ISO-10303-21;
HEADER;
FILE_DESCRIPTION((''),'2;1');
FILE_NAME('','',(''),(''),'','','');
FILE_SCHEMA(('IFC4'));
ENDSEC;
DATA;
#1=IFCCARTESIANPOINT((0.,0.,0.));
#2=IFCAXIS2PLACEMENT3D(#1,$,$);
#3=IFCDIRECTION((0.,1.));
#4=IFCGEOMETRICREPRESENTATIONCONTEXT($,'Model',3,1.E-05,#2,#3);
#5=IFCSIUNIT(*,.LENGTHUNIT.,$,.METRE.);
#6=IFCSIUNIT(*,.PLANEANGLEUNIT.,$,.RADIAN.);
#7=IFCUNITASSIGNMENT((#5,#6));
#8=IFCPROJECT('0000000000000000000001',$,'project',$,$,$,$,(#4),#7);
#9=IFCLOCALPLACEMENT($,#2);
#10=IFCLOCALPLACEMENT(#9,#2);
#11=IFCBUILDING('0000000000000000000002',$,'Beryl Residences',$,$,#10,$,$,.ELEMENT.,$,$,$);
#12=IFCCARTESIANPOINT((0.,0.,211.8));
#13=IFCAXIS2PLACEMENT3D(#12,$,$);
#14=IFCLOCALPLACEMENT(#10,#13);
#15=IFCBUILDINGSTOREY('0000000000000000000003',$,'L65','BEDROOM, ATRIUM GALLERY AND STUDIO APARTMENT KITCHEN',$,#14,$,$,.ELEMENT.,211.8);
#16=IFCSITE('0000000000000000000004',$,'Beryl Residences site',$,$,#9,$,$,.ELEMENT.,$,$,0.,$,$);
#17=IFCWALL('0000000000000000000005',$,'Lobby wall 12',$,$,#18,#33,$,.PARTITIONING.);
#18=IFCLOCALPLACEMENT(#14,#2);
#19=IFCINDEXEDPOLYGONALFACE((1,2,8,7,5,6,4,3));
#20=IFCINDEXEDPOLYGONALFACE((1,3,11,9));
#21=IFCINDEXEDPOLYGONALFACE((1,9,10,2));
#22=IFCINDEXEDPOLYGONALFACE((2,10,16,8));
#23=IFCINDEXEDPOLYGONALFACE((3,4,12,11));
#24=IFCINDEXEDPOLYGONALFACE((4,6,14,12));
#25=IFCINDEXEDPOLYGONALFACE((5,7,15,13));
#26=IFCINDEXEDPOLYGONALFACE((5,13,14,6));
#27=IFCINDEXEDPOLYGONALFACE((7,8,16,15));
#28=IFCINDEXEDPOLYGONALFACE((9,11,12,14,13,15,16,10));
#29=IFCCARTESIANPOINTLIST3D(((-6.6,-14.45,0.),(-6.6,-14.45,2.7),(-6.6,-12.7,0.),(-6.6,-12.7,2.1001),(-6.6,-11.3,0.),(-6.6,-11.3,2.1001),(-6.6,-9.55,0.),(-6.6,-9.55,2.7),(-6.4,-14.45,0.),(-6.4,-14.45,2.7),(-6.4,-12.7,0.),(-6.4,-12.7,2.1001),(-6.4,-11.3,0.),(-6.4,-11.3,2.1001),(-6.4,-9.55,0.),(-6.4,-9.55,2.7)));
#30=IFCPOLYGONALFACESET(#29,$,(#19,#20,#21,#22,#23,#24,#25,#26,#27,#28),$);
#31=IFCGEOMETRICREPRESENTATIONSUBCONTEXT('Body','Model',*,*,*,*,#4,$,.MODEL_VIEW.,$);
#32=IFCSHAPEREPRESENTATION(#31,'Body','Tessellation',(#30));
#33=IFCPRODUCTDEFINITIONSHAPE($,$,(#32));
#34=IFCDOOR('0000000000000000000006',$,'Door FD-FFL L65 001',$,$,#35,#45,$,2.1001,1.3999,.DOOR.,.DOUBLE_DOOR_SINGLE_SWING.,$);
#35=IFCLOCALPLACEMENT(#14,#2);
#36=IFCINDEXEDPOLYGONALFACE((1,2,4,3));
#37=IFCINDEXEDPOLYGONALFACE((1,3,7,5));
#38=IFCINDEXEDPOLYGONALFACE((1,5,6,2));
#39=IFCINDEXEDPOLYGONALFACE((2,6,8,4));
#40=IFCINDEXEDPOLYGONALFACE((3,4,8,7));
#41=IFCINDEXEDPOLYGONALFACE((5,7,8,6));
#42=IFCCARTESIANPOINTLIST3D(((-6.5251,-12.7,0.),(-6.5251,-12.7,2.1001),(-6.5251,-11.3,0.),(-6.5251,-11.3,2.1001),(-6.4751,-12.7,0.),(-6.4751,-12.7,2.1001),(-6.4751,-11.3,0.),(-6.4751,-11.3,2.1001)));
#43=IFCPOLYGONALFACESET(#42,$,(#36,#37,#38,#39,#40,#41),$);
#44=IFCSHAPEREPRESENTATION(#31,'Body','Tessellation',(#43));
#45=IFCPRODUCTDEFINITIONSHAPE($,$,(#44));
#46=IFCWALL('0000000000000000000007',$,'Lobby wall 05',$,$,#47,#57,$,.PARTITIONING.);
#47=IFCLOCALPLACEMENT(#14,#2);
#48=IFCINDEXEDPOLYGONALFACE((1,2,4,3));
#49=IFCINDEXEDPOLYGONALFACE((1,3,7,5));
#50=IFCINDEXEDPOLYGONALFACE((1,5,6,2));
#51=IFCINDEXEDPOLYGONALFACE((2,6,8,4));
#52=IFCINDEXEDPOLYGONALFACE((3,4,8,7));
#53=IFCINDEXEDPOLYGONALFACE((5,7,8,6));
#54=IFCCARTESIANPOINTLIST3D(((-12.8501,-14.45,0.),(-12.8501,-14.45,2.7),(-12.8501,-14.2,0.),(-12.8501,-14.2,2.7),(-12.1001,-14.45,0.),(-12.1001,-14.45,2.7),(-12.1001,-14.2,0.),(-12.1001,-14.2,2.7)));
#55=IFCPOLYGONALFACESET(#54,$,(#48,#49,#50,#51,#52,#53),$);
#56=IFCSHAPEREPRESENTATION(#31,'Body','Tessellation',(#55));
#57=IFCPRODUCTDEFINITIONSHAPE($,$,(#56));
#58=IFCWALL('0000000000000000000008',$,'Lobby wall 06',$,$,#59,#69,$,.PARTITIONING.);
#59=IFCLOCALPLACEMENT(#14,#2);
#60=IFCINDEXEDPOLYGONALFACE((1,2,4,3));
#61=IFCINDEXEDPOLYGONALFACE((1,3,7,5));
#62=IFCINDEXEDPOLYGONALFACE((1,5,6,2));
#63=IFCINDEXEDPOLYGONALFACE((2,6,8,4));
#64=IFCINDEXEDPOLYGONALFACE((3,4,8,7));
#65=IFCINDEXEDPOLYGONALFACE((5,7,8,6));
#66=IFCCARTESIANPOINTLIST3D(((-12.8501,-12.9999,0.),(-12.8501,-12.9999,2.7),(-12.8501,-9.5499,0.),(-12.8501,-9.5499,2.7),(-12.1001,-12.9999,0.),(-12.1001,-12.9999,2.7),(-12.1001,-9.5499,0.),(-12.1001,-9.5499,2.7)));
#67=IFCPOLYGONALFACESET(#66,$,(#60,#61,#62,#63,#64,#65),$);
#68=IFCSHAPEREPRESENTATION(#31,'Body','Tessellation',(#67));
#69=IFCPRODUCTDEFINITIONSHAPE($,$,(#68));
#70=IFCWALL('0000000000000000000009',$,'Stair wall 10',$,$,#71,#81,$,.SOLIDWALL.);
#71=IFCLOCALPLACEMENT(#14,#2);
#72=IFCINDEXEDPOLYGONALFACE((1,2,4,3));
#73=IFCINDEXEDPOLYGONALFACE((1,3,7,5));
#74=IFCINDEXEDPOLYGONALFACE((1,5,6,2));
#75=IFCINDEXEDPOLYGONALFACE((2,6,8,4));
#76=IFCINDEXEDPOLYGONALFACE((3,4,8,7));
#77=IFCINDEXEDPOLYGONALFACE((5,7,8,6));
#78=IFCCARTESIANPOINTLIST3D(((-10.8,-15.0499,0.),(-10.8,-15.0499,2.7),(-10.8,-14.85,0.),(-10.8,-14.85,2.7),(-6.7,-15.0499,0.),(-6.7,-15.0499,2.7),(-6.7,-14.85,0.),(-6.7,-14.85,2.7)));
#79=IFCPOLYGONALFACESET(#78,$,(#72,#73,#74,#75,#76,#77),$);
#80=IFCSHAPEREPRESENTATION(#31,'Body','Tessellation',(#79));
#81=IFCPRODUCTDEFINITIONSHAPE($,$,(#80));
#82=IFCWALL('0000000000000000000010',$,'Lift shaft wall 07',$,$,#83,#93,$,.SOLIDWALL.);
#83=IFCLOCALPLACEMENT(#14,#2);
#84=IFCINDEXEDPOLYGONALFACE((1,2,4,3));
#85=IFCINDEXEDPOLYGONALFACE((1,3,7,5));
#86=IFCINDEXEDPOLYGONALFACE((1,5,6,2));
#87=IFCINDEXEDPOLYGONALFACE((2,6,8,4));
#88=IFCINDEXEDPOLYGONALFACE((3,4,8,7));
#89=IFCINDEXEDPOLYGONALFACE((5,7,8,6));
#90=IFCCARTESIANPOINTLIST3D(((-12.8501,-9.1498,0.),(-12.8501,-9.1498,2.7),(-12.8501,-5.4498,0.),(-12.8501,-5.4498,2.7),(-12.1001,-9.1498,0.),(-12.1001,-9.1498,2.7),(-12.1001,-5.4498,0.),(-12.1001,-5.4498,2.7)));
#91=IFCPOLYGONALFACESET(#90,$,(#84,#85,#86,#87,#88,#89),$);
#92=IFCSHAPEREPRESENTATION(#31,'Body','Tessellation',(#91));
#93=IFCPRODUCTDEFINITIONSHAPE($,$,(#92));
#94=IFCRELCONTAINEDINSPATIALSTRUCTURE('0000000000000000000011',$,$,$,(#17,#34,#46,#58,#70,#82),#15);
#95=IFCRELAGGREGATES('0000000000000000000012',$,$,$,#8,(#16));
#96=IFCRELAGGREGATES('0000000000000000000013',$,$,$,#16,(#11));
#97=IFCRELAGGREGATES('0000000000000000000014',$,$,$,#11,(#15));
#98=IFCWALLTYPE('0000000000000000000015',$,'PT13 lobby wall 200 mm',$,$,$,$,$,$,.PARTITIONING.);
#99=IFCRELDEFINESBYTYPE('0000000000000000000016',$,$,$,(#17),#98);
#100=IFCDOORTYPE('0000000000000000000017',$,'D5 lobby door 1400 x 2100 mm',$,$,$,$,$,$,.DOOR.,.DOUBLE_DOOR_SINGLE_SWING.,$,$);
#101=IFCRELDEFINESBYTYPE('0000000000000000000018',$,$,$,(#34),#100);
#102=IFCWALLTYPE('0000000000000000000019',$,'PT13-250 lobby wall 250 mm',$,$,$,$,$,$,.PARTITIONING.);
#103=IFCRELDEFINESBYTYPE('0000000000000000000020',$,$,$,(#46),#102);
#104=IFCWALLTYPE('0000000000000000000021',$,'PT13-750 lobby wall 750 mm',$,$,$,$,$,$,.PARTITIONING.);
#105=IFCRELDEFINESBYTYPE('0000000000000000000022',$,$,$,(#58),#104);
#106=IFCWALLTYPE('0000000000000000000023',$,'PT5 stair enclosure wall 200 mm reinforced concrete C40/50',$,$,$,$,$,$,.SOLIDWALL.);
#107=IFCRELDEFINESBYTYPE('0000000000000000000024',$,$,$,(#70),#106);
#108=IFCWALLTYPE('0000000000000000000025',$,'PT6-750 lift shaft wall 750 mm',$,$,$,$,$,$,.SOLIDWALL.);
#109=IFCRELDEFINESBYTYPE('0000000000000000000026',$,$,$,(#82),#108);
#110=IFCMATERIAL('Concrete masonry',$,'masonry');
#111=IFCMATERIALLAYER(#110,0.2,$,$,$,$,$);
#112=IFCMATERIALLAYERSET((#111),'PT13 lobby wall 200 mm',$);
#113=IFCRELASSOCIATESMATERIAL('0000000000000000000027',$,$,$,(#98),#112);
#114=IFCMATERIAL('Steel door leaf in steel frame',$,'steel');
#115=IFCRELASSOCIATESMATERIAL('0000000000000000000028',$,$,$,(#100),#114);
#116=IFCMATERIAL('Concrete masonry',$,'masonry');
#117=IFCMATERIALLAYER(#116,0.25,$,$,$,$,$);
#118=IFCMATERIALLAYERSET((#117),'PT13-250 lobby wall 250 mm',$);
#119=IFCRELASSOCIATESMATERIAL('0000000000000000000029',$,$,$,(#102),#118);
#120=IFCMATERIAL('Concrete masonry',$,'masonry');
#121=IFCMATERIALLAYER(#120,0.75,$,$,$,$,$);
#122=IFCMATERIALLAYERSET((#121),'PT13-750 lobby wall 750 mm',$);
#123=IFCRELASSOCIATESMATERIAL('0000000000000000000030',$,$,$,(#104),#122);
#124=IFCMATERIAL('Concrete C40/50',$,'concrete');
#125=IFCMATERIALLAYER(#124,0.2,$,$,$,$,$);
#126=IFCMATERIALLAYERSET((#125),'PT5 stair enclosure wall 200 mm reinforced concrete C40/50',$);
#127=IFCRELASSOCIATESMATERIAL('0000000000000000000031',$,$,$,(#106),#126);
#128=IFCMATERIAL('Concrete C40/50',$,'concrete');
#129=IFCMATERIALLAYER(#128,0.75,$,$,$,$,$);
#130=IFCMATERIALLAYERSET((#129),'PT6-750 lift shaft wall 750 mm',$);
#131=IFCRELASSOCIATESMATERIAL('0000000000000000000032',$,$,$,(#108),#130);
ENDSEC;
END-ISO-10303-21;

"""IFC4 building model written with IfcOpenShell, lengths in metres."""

from ifc_helpers import new_model, si_unit, direction, frame, frame_2d, origin, place, context, subcontext, project, spatial, rectangle, extrude, material, layer, layer_set, type_object, element, fill, save


model = new_model("IFC4")

# Units and contexts
model_context = context("Model", 3, precision=1e-05, world=origin(), true_north=direction((0.0, 1.0)))
body_context = subcontext(model_context, "Body", "Model", "MODEL_VIEW")
ifc_project = project(units=[si_unit("LENGTHUNIT", "METRE"), si_unit("PLANEANGLEUNIT", "RADIAN")], contexts=[model_context])

# Site, building, storey
site_placement = place(None, origin())
site = spatial("IfcSite", under=ifc_project, at=site_placement, Name="Beryl Residences site", CompositionType="ELEMENT", RefElevation=0.0)
building_placement = place(site_placement, origin())
building = spatial("IfcBuilding", under=site, at=building_placement, Name="Beryl Residences", CompositionType="ELEMENT")
storey_placement = place(building_placement, frame((0.0, 0.0, 211.8)))
storey = spatial("IfcBuildingStorey", under=building, at=storey_placement, Name="L65", Description="BEDROOM, ATRIUM GALLERY AND STUDIO APARTMENT KITCHEN", CompositionType="ELEMENT", Elevation=211.8)

# Wall, opening, door
ifc_material_1 = material(Name="Concrete masonry", Category="masonry")
ifc_layer_1 = layer(ifc_material_1, 0.2)
ifc_layer_set_1 = layer_set([ifc_layer_1], Name="PT13 lobby wall 200 mm")
wall_type_1 = type_object("IfcWallType", Name="PT13 lobby wall 200 mm", PredefinedType="PARTITIONING", material=ifc_layer_set_1)
wall_1_placement = place(storey_placement, frame((-6.5, -14.45, 0.0), z_axis=(0.0, 0.0, 1.0), x_axis=(0.0, 1.0, 0.0)))
wall_1 = element("IfcWall", 1, at=wall_1_placement, inside=storey, type_object=wall_type_1, Name="Lobby wall 12", PredefinedType="PARTITIONING", context=body_context, shape_type="SweptSolid", body=[
    extrude(rectangle(XDim=4.8999, YDim=0.2, at=frame_2d((2.45, 0.0))), origin(), (0.0, 0.0, 1.0), 2.7),
])
opening_1_placement = place(wall_1_placement, frame((3.1499, 0.0, 0.0), z_axis=(0.0, 0.0, 1.0), x_axis=(-1.0, 0.0, 0.0)))
opening_1 = element("IfcOpeningElement", 2, at=opening_1_placement, cuts=wall_1, PredefinedType="OPENING", context=body_context, shape_type="SweptSolid", body=[
    extrude(rectangle(XDim=1.3999, YDim=2.1001, at=frame_2d((0.7, 1.05))), frame((0.0, 0.1099, 0.0), z_axis=(0.0, -1.0, 0.0), x_axis=(1.0, 0.0, 0.0)), (0.0, 0.0, 1.0), 0.22),
])
ifc_material_2 = material(Name="Steel door leaf in steel frame", Category="steel")
door_type_1 = type_object("IfcDoorType", Name="D5 lobby door 1400 x 2100 mm", OperationType="DOUBLE_DOOR_SINGLE_SWING", PredefinedType="DOOR", material=ifc_material_2)
door_1_placement = place(opening_1_placement, origin())
door_1 = element("IfcDoor", 3, at=door_1_placement, inside=storey, type_object=door_type_1, Name="Door FD-FFL L65 001", OperationType="DOUBLE_DOOR_SINGLE_SWING", OverallHeight=2.1001, OverallWidth=1.3999, PredefinedType="DOOR", context=body_context, shape_type="SweptSolid", body=[
    extrude(rectangle(XDim=1.3999, YDim=2.1001, at=frame_2d((0.7, 1.05))), frame((0.0, 0.0249, 0.0), z_axis=(0.0, -1.0, 0.0), x_axis=(1.0, 0.0, 0.0)), (0.0, 0.0, 1.0), 0.05),
])
fill(opening_1, door_1)

# Walls
ifc_material_3 = material(Name="Concrete masonry", Category="masonry")
ifc_layer_2 = layer(ifc_material_3, 0.25)
ifc_layer_set_2 = layer_set([ifc_layer_2], Name="PT13-250 lobby wall 250 mm")
wall_type_2 = type_object("IfcWallType", Name="PT13-250 lobby wall 250 mm", PredefinedType="PARTITIONING", material=ifc_layer_set_2)
wall_2_placement = place(storey_placement, frame((-12.8501, -14.325, 0.0), z_axis=(0.0, 0.0, 1.0), x_axis=(1.0, 0.0, 0.0)))
element("IfcWall", 4, at=wall_2_placement, inside=storey, type_object=wall_type_2, Name="Lobby wall 05", PredefinedType="PARTITIONING", context=body_context, shape_type="SweptSolid", body=[
    extrude(rectangle(XDim=0.75, YDim=0.25, at=frame_2d((0.375, 0.0))), origin(), (0.0, 0.0, 1.0), 2.7),
])
ifc_material_4 = material(Name="Concrete masonry", Category="masonry")
ifc_layer_3 = layer(ifc_material_4, 0.75)
ifc_layer_set_3 = layer_set([ifc_layer_3], Name="PT13-750 lobby wall 750 mm")
wall_type_3 = type_object("IfcWallType", Name="PT13-750 lobby wall 750 mm", PredefinedType="PARTITIONING", material=ifc_layer_set_3)
wall_3_placement = place(storey_placement, frame((-12.4751, -13.0, 0.0), z_axis=(0.0, 0.0, 1.0), x_axis=(0.0, 1.0, 0.0)))
element("IfcWall", 5, at=wall_3_placement, inside=storey, type_object=wall_type_3, Name="Lobby wall 06", PredefinedType="PARTITIONING", context=body_context, shape_type="SweptSolid", body=[
    extrude(rectangle(XDim=3.45, YDim=0.75, at=frame_2d((1.7251, 0.0))), origin(), (0.0, 0.0, 1.0), 2.7),
])
ifc_material_5 = material(Name="Concrete C40/50", Category="concrete")
ifc_layer_4 = layer(ifc_material_5, 0.2)
ifc_layer_set_4 = layer_set([ifc_layer_4], Name="PT5 stair enclosure wall 200 mm reinforced concrete C40/50")
wall_type_4 = type_object("IfcWallType", Name="PT5 stair enclosure wall 200 mm reinforced concrete C40/50", PredefinedType="SOLIDWALL", material=ifc_layer_set_4)
wall_4_placement = place(storey_placement, frame((-10.8, -14.95, 0.0), z_axis=(0.0, 0.0, 1.0), x_axis=(1.0, 0.0, 0.0)))
element("IfcWall", 6, at=wall_4_placement, inside=storey, type_object=wall_type_4, Name="Stair wall 10", PredefinedType="SOLIDWALL", context=body_context, shape_type="SweptSolid", body=[
    extrude(rectangle(XDim=4.1001, YDim=0.2, at=frame_2d((2.05, 0.0))), origin(), (0.0, 0.0, 1.0), 2.7),
])
ifc_material_6 = material(Name="Concrete C40/50", Category="concrete")
ifc_layer_5 = layer(ifc_material_6, 0.75)
ifc_layer_set_5 = layer_set([ifc_layer_5], Name="PT6-750 lift shaft wall 750 mm")
wall_type_5 = type_object("IfcWallType", Name="PT6-750 lift shaft wall 750 mm", PredefinedType="SOLIDWALL", material=ifc_layer_set_5)
wall_5_placement = place(storey_placement, frame((-12.4751, -9.1499, 0.0), z_axis=(0.0, 0.0, 1.0), x_axis=(0.0, 1.0, 0.0)))
element("IfcWall", 7, at=wall_5_placement, inside=storey, type_object=wall_type_5, Name="Lift shaft wall 07", PredefinedType="SOLIDWALL", context=body_context, shape_type="SweptSolid", body=[
    extrude(rectangle(XDim=3.7, YDim=0.75, at=frame_2d((1.8501, 0.0))), origin(), (0.0, 0.0, 1.0), 2.7),
])

save(model, "model.ifc")
